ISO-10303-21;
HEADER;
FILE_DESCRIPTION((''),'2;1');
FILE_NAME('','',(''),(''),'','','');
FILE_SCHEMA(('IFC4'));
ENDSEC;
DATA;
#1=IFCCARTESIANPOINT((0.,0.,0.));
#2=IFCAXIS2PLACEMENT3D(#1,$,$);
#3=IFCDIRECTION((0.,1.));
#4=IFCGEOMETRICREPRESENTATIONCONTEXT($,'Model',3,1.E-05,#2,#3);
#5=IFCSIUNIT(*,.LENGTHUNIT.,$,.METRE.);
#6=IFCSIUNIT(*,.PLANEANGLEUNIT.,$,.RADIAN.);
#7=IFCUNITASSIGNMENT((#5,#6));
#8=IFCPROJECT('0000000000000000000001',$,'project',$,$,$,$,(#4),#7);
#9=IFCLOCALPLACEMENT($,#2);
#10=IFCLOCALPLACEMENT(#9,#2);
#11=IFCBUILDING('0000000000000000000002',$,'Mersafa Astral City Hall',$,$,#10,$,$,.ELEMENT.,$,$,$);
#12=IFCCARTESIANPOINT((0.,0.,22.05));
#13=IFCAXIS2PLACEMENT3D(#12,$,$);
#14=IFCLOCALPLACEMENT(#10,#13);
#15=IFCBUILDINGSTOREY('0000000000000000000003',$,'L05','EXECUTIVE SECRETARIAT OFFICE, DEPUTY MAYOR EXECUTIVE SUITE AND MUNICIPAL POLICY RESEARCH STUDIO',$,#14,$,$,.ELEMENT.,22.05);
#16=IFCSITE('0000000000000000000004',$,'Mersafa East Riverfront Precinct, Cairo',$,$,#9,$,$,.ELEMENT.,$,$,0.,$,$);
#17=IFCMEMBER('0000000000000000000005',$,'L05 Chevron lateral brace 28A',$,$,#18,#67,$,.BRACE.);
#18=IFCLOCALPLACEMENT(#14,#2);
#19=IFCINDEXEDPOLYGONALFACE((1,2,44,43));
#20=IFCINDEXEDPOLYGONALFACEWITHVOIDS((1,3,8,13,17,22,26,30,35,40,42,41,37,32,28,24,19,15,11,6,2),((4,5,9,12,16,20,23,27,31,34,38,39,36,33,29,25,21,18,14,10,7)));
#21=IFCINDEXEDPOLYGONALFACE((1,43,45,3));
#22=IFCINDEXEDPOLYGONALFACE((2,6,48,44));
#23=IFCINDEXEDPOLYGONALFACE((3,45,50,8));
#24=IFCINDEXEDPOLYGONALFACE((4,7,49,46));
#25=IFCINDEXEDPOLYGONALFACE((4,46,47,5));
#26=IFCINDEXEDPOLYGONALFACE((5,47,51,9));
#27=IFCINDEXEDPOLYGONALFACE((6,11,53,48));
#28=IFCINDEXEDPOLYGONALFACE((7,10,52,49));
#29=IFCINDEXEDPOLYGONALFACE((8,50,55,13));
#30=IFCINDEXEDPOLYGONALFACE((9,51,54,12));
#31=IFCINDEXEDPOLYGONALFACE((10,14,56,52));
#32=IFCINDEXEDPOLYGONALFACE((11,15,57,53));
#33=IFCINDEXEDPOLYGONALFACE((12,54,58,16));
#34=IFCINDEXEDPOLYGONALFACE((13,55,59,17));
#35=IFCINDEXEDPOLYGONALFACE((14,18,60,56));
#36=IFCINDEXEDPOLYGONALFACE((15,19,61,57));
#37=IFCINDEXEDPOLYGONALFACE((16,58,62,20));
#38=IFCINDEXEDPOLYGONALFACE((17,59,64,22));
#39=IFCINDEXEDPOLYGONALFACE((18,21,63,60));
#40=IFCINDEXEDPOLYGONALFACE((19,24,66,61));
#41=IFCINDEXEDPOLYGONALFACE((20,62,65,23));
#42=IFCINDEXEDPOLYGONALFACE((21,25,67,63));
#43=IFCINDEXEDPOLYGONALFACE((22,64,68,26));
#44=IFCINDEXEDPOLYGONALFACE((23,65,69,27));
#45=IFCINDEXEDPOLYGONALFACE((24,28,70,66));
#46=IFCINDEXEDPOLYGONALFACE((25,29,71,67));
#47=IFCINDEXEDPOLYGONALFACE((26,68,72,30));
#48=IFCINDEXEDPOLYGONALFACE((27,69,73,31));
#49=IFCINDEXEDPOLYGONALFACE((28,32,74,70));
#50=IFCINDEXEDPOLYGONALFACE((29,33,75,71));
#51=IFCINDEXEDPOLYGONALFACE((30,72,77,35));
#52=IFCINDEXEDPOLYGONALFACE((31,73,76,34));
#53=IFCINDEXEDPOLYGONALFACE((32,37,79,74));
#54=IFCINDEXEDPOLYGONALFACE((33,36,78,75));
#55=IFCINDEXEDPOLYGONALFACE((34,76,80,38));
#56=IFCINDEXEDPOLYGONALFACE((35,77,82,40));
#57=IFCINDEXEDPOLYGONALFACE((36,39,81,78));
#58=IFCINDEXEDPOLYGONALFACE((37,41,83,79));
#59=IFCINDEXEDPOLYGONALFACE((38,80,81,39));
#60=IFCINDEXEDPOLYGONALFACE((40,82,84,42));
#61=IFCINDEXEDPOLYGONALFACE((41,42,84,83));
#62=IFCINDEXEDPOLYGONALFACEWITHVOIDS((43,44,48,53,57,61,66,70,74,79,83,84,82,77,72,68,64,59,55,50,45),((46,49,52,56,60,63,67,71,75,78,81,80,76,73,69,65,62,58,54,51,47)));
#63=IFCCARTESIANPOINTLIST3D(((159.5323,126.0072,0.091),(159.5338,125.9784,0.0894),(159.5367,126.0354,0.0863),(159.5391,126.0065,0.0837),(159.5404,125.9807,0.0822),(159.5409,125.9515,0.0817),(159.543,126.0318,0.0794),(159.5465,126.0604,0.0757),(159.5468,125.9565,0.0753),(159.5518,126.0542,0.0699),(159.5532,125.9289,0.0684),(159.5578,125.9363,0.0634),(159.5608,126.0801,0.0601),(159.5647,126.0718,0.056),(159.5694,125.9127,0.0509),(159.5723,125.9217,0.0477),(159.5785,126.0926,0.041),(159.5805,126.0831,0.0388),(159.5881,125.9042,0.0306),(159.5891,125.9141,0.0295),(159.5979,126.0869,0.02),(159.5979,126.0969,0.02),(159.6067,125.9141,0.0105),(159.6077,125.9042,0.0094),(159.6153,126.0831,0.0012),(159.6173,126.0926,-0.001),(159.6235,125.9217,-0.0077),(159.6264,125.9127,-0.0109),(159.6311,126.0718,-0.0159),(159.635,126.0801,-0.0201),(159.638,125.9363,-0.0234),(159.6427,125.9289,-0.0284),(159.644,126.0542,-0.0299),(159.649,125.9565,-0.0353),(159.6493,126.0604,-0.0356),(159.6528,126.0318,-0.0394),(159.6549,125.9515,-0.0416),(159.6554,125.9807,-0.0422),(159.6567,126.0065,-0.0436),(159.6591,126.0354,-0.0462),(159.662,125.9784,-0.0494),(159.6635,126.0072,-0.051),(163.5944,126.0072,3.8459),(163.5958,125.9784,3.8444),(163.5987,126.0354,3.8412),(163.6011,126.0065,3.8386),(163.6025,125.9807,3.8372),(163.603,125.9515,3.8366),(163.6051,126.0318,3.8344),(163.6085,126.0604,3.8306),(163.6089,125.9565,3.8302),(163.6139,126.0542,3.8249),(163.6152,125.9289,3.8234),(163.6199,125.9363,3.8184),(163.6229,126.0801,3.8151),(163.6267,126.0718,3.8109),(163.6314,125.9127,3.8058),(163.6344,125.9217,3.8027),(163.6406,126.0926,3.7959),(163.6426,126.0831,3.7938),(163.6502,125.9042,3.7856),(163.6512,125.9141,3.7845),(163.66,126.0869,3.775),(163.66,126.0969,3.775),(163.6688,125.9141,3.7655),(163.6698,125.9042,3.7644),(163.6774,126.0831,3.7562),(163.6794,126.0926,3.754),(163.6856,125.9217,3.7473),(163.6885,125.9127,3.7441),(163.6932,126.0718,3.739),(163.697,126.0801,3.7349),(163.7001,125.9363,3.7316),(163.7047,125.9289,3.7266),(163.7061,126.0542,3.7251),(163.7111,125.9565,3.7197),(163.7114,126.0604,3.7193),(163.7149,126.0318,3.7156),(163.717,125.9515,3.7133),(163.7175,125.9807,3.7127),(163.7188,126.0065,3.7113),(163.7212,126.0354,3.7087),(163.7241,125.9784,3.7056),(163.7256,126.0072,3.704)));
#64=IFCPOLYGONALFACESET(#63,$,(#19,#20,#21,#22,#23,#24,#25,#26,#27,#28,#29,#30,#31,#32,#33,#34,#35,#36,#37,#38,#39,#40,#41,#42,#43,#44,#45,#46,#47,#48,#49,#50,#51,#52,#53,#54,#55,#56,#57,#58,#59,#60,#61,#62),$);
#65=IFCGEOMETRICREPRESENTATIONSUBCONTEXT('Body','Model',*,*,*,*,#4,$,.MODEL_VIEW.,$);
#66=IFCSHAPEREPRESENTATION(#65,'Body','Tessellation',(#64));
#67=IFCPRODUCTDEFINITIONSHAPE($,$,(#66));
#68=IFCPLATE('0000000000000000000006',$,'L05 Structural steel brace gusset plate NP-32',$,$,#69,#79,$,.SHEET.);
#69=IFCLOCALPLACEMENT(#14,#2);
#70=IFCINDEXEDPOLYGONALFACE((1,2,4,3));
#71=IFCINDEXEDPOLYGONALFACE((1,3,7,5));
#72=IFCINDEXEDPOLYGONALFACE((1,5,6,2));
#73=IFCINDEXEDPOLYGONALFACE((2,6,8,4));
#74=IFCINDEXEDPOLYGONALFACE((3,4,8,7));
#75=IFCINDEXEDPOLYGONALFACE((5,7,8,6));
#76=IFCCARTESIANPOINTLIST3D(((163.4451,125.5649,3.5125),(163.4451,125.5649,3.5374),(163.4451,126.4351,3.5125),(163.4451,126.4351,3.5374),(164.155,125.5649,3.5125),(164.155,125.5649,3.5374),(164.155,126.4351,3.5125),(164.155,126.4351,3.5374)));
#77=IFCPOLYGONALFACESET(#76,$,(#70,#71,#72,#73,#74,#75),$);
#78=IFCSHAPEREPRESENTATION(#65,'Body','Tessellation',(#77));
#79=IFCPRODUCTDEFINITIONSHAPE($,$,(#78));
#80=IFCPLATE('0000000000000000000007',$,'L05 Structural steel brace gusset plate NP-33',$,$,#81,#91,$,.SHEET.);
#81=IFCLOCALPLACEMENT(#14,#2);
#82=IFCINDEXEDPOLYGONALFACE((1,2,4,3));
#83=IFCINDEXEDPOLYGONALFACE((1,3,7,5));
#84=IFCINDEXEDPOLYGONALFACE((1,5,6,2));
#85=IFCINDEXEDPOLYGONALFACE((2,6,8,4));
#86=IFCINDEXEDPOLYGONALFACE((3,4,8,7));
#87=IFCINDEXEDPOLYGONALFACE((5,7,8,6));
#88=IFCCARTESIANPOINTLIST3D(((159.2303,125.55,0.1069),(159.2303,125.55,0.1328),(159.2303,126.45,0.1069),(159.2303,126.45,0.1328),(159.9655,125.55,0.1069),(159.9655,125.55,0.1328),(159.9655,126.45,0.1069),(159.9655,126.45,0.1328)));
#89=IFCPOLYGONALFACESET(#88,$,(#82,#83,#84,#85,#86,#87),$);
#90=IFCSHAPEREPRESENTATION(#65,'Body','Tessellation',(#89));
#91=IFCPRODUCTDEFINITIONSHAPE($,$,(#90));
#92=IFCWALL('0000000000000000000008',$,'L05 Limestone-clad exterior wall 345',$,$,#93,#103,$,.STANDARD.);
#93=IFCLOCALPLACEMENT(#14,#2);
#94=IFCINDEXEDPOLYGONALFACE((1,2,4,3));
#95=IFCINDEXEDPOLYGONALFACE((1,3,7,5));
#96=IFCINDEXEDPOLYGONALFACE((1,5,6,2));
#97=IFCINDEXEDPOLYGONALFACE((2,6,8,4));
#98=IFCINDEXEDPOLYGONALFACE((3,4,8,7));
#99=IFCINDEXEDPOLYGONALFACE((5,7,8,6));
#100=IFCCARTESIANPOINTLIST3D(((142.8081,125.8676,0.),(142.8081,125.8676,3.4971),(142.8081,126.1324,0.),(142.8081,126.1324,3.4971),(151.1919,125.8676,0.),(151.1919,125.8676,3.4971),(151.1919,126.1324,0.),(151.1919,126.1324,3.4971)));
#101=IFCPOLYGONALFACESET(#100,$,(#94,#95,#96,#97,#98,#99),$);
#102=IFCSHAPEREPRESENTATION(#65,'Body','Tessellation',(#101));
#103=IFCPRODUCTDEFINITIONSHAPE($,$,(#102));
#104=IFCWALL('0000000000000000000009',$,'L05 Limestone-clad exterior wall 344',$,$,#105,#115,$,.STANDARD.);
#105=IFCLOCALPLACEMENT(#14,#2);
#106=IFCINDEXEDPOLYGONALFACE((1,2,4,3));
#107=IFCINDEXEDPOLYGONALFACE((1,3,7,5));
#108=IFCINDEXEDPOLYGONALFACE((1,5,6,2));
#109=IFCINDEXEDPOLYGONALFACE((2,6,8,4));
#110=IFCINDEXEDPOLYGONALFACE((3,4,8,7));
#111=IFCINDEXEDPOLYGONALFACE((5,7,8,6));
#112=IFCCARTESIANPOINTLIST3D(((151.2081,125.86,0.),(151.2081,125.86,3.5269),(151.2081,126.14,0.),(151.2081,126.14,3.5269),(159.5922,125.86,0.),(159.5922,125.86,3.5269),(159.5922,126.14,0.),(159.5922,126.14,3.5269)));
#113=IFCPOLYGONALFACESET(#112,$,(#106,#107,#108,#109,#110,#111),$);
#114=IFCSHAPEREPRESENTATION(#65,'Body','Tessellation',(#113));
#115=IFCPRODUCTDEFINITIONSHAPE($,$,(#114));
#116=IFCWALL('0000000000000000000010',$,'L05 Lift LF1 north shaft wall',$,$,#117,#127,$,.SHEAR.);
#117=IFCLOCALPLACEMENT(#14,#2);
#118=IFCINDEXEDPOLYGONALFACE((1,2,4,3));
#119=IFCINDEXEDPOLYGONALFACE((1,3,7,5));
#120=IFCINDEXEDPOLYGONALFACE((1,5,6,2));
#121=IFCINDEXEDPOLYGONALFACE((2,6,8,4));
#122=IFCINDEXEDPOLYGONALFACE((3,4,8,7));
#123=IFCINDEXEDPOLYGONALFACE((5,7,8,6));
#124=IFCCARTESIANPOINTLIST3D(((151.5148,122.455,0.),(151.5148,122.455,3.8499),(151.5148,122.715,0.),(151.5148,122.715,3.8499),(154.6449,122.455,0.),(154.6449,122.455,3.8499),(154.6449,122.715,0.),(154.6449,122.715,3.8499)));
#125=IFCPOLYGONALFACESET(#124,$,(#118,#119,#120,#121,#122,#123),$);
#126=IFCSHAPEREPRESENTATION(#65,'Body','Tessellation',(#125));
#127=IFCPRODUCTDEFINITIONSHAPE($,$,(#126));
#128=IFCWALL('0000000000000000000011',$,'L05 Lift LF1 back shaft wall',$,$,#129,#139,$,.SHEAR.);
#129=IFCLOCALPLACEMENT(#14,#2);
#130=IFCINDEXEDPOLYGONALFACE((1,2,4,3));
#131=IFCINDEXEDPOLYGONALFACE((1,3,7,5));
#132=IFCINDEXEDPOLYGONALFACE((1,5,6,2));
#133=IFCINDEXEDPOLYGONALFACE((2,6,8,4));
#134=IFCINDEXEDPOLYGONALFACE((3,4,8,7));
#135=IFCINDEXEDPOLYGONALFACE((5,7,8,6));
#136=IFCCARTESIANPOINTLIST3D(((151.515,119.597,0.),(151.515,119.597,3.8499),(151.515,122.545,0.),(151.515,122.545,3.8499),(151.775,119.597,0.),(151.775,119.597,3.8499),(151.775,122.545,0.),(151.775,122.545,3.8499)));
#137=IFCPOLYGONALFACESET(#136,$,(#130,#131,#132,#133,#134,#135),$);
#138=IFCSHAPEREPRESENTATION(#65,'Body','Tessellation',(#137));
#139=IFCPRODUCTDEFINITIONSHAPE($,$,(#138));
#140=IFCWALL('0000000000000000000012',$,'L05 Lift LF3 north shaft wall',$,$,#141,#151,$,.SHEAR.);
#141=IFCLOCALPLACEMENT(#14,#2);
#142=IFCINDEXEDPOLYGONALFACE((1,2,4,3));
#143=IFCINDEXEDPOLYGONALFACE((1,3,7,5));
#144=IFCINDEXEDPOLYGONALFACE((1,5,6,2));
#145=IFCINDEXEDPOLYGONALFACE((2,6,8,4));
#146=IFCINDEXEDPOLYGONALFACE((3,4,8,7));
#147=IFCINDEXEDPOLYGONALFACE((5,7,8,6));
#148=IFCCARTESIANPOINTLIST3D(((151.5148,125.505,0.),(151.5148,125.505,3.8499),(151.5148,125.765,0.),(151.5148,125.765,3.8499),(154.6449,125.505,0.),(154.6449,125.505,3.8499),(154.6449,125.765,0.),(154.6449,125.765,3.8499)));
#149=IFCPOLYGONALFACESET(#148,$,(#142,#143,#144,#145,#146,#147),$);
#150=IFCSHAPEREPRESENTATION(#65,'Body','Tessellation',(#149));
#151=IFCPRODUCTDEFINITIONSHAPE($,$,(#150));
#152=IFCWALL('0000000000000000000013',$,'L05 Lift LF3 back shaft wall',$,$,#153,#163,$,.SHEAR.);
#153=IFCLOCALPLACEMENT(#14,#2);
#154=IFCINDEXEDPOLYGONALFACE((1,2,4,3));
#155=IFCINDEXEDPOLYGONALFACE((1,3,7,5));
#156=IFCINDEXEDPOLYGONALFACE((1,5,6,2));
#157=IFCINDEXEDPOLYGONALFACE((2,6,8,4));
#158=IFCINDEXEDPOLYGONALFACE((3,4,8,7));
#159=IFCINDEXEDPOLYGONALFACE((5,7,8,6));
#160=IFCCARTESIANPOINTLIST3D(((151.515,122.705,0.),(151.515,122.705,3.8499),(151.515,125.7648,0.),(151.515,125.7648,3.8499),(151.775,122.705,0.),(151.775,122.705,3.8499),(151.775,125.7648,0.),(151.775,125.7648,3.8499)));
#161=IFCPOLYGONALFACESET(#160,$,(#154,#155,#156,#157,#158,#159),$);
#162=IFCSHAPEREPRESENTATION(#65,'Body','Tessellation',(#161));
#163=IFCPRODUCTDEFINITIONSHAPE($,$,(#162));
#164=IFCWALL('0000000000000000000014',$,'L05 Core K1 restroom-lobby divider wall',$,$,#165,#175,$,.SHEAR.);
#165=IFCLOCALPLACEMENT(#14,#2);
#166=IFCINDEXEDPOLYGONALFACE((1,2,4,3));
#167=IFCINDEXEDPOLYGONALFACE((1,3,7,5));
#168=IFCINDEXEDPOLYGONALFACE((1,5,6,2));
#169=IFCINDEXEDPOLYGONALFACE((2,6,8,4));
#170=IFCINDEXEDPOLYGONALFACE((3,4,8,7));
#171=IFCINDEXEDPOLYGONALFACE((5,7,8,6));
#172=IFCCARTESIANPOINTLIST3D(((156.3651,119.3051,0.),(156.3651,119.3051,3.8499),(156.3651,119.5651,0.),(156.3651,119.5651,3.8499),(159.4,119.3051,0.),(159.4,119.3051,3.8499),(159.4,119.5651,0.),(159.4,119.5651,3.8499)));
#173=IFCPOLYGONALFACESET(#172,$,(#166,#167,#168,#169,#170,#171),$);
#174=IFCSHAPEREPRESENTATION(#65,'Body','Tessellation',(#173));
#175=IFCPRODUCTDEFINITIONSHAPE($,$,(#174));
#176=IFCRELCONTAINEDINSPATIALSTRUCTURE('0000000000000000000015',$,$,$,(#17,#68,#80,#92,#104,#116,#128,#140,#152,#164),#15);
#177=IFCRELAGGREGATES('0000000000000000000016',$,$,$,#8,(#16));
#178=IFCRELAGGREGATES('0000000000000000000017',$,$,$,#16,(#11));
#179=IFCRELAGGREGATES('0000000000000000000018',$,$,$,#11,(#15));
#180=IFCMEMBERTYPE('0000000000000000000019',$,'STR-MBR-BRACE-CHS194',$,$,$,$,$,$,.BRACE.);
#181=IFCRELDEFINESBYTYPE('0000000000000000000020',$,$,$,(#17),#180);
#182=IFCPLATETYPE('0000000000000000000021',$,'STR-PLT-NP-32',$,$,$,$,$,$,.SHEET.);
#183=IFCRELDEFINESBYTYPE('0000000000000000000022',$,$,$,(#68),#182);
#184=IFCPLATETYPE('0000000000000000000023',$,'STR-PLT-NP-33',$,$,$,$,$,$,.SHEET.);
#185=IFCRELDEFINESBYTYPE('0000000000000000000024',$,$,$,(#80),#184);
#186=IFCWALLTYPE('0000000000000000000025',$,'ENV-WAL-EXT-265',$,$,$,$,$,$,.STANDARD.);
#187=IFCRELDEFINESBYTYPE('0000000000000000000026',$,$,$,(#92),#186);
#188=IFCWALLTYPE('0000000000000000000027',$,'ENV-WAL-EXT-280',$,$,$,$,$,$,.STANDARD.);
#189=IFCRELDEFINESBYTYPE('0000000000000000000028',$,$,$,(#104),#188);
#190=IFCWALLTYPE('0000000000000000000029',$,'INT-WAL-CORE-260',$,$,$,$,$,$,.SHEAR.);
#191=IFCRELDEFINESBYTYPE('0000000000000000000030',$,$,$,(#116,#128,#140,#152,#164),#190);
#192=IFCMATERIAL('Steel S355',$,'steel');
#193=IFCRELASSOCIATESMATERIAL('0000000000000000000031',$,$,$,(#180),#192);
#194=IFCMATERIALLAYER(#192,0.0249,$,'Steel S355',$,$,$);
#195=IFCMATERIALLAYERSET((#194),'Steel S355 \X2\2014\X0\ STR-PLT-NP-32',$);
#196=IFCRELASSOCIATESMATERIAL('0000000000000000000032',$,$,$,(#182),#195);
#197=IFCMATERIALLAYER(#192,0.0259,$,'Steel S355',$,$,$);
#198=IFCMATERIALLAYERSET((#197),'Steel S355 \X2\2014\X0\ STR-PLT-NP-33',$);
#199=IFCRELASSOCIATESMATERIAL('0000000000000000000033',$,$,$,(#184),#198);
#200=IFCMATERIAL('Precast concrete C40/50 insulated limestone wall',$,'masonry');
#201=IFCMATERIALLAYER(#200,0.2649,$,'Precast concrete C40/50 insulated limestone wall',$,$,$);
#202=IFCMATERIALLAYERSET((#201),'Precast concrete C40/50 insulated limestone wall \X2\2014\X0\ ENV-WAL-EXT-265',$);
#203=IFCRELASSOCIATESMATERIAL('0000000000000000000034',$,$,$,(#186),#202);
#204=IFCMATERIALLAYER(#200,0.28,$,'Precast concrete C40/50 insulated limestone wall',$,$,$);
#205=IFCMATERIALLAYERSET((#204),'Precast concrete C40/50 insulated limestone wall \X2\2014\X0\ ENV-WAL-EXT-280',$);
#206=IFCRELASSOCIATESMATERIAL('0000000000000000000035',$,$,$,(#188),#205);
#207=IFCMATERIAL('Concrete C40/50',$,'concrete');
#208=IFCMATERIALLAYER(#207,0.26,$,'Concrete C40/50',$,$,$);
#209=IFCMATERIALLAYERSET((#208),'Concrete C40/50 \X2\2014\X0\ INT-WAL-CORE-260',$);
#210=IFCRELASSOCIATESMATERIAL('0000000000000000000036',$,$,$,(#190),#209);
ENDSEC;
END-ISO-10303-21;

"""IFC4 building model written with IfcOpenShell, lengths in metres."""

from ifc_helpers import new_model, si_unit, direction, frame, frame_2d, origin, origin_2d, place, context, subcontext, project, spatial, rectangle, hollow_circle, extrude, material, layer, layer_set, material_profile, profile_set, type_object, element, save


model = new_model("IFC4")

# Units and contexts
model_context = context("Model", 3, precision=1e-05, world=origin(), true_north=direction((0.0, 1.0)))
body_context = subcontext(model_context, "Body", "Model", "MODEL_VIEW")
ifc_project = project(units=[si_unit("LENGTHUNIT", "METRE"), si_unit("PLANEANGLEUNIT", "RADIAN")], contexts=[model_context])

# Site, building, storey
site_placement = place(None, origin())
site = spatial("IfcSite", under=ifc_project, at=site_placement, Name="Mersafa East Riverfront Precinct, Cairo", CompositionType="ELEMENT", RefElevation=0.0)
building_placement = place(site_placement, origin())
building = spatial("IfcBuilding", under=site, at=building_placement, Name="Mersafa Astral City Hall", CompositionType="ELEMENT")
storey_placement = place(building_placement, frame((0.0, 0.0, 22.05)))
storey = spatial("IfcBuildingStorey", under=building, at=storey_placement, Name="L05", Description="EXECUTIVE SECRETARIAT OFFICE, DEPUTY MAYOR EXECUTIVE SUITE AND MUNICIPAL POLICY RESEARCH STUDIO", CompositionType="ELEMENT", Elevation=22.05)

# Shared definitions
ifc_material_1 = material(Name="Steel S355", Category="steel")

# Member
ifc_material_profile_1 = material_profile(ifc_material_1, hollow_circle(Radius=0.0969, WallThickness=0.01, at=origin_2d()), Name="CHS 193.7x10")
ifc_profile_set_1 = profile_set([ifc_material_profile_1], Name="Steel S355")
member_type = type_object("IfcMemberType", Name="STR-MBR-BRACE-CHS194", PredefinedType="BRACE", material=ifc_profile_set_1)
member_placement = place(storey_placement, frame((159.5979, 126.0, 0.02), z_axis=(0.734323, 0.0, 0.678801), x_axis=(0.0, 1.0, 0.0)))
element("IfcMember", 1, at=member_placement, inside=storey, type_object=member_type, Name="L05 Chevron lateral brace 28A", PredefinedType="BRACE", context=body_context, shape_type="SweptSolid", body=[
    extrude(hollow_circle(Radius=0.0969, WallThickness=0.01, at=origin_2d()), origin(), (0.0, 0.0, 1.0), 5.5317),
])

# Plates
ifc_layer_1 = layer(ifc_material_1, 0.0249, Name="Steel S355")
ifc_layer_set_1 = layer_set([ifc_layer_1], Name="Steel S355 — STR-PLT-NP-32")
plate_type_1 = type_object("IfcPlateType", Name="STR-PLT-NP-32", PredefinedType="SHEET", material=ifc_layer_set_1)
plate_1_placement = place(storey_placement, frame((163.8, 126.0, 3.5125), z_axis=(0.0, 0.0, 1.0), x_axis=(1.0, 0.0, 0.0)))
element("IfcPlate", 2, at=plate_1_placement, inside=storey, type_object=plate_type_1, Name="L05 Structural steel brace gusset plate NP-32", PredefinedType="SHEET", context=body_context, shape_type="SweptSolid", body=[
    extrude(rectangle(XDim=0.71, YDim=0.8701, at=origin_2d()), origin(), (0.0, 0.0, 1.0), 0.0249),
])
ifc_layer_2 = layer(ifc_material_1, 0.0259, Name="Steel S355")
ifc_layer_set_2 = layer_set([ifc_layer_2], Name="Steel S355 — STR-PLT-NP-33")
plate_type_2 = type_object("IfcPlateType", Name="STR-PLT-NP-33", PredefinedType="SHEET", material=ifc_layer_set_2)
plate_2_placement = place(storey_placement, frame((159.5979, 126.0, 0.1069), z_axis=(0.0, 0.0, 1.0), x_axis=(1.0, 0.0, 0.0)))
element("IfcPlate", 3, at=plate_2_placement, inside=storey, type_object=plate_type_2, Name="L05 Structural steel brace gusset plate NP-33", PredefinedType="SHEET", context=body_context, shape_type="SweptSolid", body=[
    extrude(rectangle(XDim=0.7351, YDim=0.8999, at=origin_2d()), origin(), (0.0, 0.0, 1.0), 0.0259),
])

# Walls
ifc_material_2 = material(Name="Precast concrete C40/50 insulated limestone wall", Category="masonry")
ifc_layer_3 = layer(ifc_material_2, 0.2649, Name="Precast concrete C40/50 insulated limestone wall")
ifc_layer_set_3 = layer_set([ifc_layer_3], Name="Precast concrete C40/50 insulated limestone wall — ENV-WAL-EXT-265")
wall_type_1 = type_object("IfcWallType", Name="ENV-WAL-EXT-265", PredefinedType="STANDARD", material=ifc_layer_set_3)
wall_1_placement = place(storey_placement, frame((151.1919, 126.0, 0.0), z_axis=(0.0, 0.0, 1.0), x_axis=(-1.0, 0.0, 0.0)))
element("IfcWall", 4, at=wall_1_placement, inside=storey, type_object=wall_type_1, Name="L05 Limestone-clad exterior wall 345", PredefinedType="STANDARD", context=body_context, shape_type="SweptSolid", body=[
    extrude(rectangle(XDim=8.3838, YDim=0.2649, at=frame_2d((4.1919, 0.0))), origin(), (0.0, 0.0, 1.0), 3.4971),
])
ifc_layer_4 = layer(ifc_material_2, 0.28, Name="Precast concrete C40/50 insulated limestone wall")
ifc_layer_set_4 = layer_set([ifc_layer_4], Name="Precast concrete C40/50 insulated limestone wall — ENV-WAL-EXT-280")
wall_type_2 = type_object("IfcWallType", Name="ENV-WAL-EXT-280", PredefinedType="STANDARD", material=ifc_layer_set_4)
wall_2_placement = place(storey_placement, frame((159.592, 126.0, 0.0), z_axis=(0.0, 0.0, 1.0), x_axis=(-1.0, 0.0, 0.0)))
element("IfcWall", 5, at=wall_2_placement, inside=storey, type_object=wall_type_2, Name="L05 Limestone-clad exterior wall 344", PredefinedType="STANDARD", context=body_context, shape_type="SweptSolid", body=[
    extrude(rectangle(XDim=8.384, YDim=0.28, at=frame_2d((4.1919, 0.0))), origin(), (0.0, 0.0, 1.0), 3.5269),
])
ifc_material_3 = material(Name="Concrete C40/50", Category="concrete")
ifc_layer_5 = layer(ifc_material_3, 0.26, Name="Concrete C40/50")
ifc_layer_set_5 = layer_set([ifc_layer_5], Name="Concrete C40/50 — INT-WAL-CORE-260")
wall_type_3 = type_object("IfcWallType", Name="INT-WAL-CORE-260", PredefinedType="SHEAR", material=ifc_layer_set_5)
wall_3_placement = place(storey_placement, frame((151.5149, 122.585, 0.0), z_axis=(0.0, 0.0, 1.0), x_axis=(1.0, 0.0, 0.0)))
element("IfcWall", 6, at=wall_3_placement, inside=storey, type_object=wall_type_3, Name="L05 Lift LF1 north shaft wall", PredefinedType="SHEAR", context=body_context, shape_type="SweptSolid", body=[
    extrude(rectangle(XDim=3.1301, YDim=0.26, at=frame_2d((1.5649, 0.0))), origin(), (0.0, 0.0, 1.0), 3.8499),
])
wall_4_placement = place(storey_placement, frame((151.645, 119.5969, 0.0), z_axis=(0.0, 0.0, 1.0), x_axis=(0.0, 1.0, 0.0)))
element("IfcWall", 7, at=wall_4_placement, inside=storey, type_object=wall_type_3, Name="L05 Lift LF1 back shaft wall", PredefinedType="SHEAR", context=body_context, shape_type="SweptSolid", body=[
    extrude(rectangle(XDim=2.948, YDim=0.26, at=frame_2d((1.4741, 0.0))), origin(), (0.0, 0.0, 1.0), 3.8499),
])

# Walls
wall_5_placement = place(storey_placement, frame((151.5149, 125.635, 0.0), z_axis=(0.0, 0.0, 1.0), x_axis=(1.0, 0.0, 0.0)))
element("IfcWall", 8, at=wall_5_placement, inside=storey, type_object=wall_type_3, Name="L05 Lift LF3 north shaft wall", PredefinedType="SHEAR", context=body_context, shape_type="SweptSolid", body=[
    extrude(rectangle(XDim=3.1301, YDim=0.26, at=frame_2d((1.5649, 0.0))), origin(), (0.0, 0.0, 1.0), 3.8499),
])
wall_6_placement = place(storey_placement, frame((151.645, 122.7051, 0.0), z_axis=(0.0, 0.0, 1.0), x_axis=(0.0, 1.0, 0.0)))
element("IfcWall", 9, at=wall_6_placement, inside=storey, type_object=wall_type_3, Name="L05 Lift LF3 back shaft wall", PredefinedType="SHEAR", context=body_context, shape_type="SweptSolid", body=[
    extrude(rectangle(XDim=3.0598, YDim=0.26, at=frame_2d((1.5298, 0.0))), origin(), (0.0, 0.0, 1.0), 3.8499),
])

# Wall
wall_7_placement = place(storey_placement, frame((156.365, 119.4351, 0.0), z_axis=(0.0, 0.0, 1.0), x_axis=(1.0, 0.0, 0.0)))
element("IfcWall", 10, at=wall_7_placement, inside=storey, type_object=wall_type_3, Name="L05 Core K1 restroom-lobby divider wall", PredefinedType="SHEAR", context=body_context, shape_type="SweptSolid", body=[
    extrude(rectangle(XDim=3.0349, YDim=0.26, at=frame_2d((1.5176, 0.0))), origin(), (0.0, 0.0, 1.0), 3.8499),
])

save(model, "model.ifc")
